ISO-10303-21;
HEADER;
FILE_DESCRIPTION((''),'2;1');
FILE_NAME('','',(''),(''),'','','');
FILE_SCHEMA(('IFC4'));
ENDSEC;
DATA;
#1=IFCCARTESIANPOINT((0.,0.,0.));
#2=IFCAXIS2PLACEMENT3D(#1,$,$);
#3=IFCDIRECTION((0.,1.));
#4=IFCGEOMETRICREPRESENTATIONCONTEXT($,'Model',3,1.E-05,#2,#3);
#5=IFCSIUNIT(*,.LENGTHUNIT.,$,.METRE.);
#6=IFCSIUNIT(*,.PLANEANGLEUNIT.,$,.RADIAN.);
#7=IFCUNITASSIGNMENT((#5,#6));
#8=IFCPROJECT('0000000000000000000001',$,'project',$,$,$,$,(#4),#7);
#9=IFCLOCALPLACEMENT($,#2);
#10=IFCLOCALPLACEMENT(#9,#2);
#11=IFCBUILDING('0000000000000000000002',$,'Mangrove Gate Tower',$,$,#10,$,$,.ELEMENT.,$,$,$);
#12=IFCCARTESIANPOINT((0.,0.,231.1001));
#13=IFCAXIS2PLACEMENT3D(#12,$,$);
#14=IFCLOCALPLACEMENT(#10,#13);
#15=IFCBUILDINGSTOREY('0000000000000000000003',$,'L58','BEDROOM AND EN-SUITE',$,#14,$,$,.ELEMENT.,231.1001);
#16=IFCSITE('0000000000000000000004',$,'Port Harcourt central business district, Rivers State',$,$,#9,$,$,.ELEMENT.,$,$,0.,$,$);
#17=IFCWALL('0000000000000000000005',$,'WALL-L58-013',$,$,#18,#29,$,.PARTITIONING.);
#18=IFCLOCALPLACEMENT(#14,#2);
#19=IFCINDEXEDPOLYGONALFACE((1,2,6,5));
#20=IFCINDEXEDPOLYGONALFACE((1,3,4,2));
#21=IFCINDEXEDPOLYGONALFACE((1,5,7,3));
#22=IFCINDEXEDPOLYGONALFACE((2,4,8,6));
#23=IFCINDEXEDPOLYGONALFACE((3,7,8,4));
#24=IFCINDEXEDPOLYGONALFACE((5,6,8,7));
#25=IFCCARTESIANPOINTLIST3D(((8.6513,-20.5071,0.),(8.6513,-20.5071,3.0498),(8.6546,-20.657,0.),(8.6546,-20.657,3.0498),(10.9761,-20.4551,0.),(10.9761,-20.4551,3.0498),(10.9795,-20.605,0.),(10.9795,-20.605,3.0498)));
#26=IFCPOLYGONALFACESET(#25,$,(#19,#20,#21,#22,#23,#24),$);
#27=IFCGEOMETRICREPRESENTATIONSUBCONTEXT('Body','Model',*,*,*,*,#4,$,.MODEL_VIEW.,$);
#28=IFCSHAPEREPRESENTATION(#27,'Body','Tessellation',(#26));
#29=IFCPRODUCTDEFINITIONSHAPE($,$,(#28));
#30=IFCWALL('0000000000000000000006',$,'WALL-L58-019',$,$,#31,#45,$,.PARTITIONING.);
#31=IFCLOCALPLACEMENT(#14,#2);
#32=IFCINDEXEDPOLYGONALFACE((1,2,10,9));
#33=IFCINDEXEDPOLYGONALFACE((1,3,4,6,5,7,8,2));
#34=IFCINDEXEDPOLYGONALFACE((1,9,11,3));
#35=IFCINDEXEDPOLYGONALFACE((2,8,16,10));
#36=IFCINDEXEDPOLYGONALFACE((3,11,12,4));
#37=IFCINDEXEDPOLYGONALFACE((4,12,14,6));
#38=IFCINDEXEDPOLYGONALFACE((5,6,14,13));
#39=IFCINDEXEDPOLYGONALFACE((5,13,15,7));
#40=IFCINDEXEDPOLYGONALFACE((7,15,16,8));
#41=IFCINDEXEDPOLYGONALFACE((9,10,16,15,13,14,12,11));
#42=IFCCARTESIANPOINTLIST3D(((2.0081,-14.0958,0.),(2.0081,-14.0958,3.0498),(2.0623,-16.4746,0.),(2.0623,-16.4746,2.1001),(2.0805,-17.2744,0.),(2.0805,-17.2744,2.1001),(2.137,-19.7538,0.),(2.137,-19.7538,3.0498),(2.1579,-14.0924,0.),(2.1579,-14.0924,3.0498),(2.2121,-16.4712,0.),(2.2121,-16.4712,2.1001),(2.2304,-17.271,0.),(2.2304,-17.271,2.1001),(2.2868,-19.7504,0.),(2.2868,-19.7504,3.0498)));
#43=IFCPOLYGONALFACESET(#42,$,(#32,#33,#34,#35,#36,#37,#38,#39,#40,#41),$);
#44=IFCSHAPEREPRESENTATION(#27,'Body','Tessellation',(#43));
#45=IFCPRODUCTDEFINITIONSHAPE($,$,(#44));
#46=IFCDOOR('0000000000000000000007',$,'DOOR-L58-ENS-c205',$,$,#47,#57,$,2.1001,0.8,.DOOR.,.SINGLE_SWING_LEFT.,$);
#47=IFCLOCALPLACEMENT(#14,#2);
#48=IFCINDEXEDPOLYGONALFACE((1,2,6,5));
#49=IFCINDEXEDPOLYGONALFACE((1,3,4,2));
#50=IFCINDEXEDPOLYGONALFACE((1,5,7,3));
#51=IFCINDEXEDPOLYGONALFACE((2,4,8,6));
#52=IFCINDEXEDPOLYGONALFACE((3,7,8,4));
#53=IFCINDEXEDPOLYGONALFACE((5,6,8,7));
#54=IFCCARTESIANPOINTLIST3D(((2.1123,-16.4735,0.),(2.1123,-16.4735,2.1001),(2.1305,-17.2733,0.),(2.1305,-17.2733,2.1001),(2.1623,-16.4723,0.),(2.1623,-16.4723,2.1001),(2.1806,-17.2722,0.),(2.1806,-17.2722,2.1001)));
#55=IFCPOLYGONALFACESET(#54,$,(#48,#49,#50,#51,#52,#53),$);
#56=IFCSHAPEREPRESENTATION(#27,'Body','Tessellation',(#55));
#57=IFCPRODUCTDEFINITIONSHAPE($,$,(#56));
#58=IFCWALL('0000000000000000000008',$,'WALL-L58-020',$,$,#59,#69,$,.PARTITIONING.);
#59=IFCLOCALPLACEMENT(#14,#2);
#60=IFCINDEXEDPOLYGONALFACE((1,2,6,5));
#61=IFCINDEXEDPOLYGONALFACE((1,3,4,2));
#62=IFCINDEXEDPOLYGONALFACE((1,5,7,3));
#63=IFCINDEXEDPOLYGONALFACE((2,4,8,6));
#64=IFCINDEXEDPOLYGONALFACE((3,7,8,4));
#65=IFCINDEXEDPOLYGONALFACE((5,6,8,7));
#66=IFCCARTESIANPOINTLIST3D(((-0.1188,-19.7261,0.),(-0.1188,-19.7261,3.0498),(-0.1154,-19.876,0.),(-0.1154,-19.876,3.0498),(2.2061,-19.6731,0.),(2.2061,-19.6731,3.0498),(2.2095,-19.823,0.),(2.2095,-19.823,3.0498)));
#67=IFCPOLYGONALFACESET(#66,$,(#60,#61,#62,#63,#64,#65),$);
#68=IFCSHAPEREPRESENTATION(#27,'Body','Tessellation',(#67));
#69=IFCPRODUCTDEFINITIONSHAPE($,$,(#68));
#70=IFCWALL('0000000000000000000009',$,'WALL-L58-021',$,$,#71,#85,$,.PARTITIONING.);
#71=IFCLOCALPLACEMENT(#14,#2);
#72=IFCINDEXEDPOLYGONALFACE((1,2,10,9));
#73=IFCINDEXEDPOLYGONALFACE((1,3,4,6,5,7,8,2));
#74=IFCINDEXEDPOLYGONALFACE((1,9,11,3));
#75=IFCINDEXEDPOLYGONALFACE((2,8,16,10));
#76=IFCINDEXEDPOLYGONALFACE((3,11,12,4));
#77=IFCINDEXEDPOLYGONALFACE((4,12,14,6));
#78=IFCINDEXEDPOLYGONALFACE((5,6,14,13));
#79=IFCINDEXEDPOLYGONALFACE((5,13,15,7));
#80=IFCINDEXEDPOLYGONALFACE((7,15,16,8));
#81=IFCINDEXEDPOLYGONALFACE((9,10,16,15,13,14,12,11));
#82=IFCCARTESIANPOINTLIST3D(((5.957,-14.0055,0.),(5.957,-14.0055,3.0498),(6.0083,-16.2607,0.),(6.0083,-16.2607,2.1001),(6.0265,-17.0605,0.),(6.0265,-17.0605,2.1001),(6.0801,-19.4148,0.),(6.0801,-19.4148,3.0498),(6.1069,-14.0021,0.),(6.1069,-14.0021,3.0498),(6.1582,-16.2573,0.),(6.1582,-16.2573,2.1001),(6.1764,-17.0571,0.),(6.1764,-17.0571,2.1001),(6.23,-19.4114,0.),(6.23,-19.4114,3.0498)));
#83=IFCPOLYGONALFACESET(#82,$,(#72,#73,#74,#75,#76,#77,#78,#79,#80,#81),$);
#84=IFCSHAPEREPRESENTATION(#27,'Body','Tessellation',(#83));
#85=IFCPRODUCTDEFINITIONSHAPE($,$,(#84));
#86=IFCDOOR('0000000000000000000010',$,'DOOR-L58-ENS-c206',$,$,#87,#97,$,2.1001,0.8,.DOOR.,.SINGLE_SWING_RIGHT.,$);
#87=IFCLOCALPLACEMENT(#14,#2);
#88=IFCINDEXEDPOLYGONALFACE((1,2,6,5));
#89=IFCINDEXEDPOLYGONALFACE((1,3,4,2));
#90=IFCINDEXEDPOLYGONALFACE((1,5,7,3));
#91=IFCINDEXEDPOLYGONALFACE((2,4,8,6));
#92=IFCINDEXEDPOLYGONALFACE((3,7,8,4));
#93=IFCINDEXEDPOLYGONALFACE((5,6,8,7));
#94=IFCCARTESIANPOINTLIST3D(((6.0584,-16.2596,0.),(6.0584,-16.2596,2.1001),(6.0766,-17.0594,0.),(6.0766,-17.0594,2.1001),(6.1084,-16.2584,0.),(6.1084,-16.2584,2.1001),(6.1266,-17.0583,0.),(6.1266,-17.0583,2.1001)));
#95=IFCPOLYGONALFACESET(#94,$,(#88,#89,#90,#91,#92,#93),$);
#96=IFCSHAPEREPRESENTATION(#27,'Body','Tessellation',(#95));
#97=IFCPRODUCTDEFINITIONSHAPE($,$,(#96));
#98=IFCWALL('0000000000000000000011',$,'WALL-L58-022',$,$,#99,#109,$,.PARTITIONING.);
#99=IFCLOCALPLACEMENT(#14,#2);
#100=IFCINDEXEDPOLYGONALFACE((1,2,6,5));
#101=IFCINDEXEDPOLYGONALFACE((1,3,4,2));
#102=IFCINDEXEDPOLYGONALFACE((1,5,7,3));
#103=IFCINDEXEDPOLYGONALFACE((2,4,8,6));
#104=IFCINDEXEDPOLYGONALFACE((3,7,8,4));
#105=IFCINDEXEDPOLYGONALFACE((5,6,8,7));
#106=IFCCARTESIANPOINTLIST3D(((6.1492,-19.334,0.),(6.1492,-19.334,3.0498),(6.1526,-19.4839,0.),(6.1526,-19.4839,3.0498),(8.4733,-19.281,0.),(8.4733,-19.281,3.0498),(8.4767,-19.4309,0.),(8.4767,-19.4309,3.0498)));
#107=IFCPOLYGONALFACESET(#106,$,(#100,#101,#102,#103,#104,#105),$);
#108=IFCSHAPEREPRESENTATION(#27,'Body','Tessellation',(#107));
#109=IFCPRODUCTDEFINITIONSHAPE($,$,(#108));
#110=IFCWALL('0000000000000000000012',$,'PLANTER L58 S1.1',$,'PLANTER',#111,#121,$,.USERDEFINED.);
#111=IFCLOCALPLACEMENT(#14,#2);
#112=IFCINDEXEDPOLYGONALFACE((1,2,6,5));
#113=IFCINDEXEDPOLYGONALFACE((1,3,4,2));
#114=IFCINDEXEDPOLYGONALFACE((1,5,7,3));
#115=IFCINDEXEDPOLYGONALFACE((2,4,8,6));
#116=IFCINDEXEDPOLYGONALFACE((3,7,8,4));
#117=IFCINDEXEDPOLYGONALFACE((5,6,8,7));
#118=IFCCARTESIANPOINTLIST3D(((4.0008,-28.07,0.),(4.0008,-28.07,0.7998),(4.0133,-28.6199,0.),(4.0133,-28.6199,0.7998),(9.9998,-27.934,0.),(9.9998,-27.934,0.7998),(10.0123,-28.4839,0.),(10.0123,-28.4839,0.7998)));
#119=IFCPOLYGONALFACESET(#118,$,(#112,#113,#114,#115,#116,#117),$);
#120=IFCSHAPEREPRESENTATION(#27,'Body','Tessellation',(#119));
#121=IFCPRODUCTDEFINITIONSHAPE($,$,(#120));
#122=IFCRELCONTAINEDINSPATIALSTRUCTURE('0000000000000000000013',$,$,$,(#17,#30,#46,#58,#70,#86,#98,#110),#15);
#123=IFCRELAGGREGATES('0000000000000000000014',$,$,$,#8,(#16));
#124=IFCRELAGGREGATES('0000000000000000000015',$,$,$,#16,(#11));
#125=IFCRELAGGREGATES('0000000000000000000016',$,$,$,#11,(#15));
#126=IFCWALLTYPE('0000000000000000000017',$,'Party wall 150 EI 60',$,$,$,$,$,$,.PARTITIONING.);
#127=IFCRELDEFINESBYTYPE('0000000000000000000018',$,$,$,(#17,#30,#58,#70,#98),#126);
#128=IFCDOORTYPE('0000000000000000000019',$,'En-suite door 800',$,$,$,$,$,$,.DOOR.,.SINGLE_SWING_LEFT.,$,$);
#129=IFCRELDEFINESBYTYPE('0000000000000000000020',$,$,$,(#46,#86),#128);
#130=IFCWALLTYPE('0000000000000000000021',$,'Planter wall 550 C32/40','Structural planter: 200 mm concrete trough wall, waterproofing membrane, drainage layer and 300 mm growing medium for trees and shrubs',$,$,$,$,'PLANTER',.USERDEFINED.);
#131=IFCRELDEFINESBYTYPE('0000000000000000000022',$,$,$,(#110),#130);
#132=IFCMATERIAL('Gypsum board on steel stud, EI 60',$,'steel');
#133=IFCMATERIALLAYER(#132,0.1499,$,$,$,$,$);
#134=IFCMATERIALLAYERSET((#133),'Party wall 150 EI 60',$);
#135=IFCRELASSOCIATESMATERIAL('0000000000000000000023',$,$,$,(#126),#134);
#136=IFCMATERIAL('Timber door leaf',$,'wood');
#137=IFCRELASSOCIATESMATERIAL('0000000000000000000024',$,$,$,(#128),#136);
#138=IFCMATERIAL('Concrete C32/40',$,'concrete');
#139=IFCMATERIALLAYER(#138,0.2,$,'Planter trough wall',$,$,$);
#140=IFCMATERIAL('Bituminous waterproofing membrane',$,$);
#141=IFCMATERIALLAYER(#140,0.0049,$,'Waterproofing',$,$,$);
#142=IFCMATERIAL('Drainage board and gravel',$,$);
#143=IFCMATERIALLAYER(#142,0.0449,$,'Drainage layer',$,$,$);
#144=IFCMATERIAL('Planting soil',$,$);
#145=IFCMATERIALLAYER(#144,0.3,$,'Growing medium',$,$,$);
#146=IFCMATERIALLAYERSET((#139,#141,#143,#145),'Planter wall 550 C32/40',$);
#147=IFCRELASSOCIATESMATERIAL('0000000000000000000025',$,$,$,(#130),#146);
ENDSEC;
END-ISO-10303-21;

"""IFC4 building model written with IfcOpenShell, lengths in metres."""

from ifc_helpers import new_model, si_unit, direction, frame, frame_2d, origin, place, context, subcontext, project, spatial, rectangle, extrude, material, layer, layer_set, type_object, element, fill, save


model = new_model("IFC4")

# Units and contexts
model_context = context("Model", 3, precision=1e-05, world=origin(), true_north=direction((0.0, 1.0)))
body_context = subcontext(model_context, "Body", "Model", "MODEL_VIEW")
ifc_project = project(units=[si_unit("LENGTHUNIT", "METRE"), si_unit("PLANEANGLEUNIT", "RADIAN")], contexts=[model_context])

# Site, building, storey
site_placement = place(None, origin())
site = spatial("IfcSite", under=ifc_project, at=site_placement, Name="Port Harcourt central business district, Rivers State", CompositionType="ELEMENT", RefElevation=0.0)
building_placement = place(site_placement, origin())
building = spatial("IfcBuilding", under=site, at=building_placement, Name="Mangrove Gate Tower", CompositionType="ELEMENT")
storey_placement = place(building_placement, frame((0.0, 0.0, 231.1001)))
storey = spatial("IfcBuildingStorey", under=building, at=storey_placement, Name="L58", Description="BEDROOM AND EN-SUITE", CompositionType="ELEMENT", Elevation=231.1001)

# Shared definitions
ifc_material_1 = material(Name="Gypsum board on steel stud, EI 60", Category="steel")
ifc_layer_1 = layer(ifc_material_1, 0.1499)
ifc_layer_set_1 = layer_set([ifc_layer_1], Name="Party wall 150 EI 60")
wall_type_1 = type_object("IfcWallType", Name="Party wall 150 EI 60", PredefinedType="PARTITIONING", material=ifc_layer_set_1)

# Shared definitions
ifc_material_2 = material(Name="Timber door leaf", Category="wood")
door_type_1 = type_object("IfcDoorType", Name="En-suite door 800", OperationType="SINGLE_SWING_LEFT", PredefinedType="DOOR", material=ifc_material_2)

# Wall
wall_1_placement = place(storey_placement, frame((8.6531, -20.582, 0.0), z_axis=(0.0, 0.0, 1.0), x_axis=(0.99975, 0.022361, 0.0)))
element("IfcWall", 1, at=wall_1_placement, inside=storey, type_object=wall_type_1, Name="WALL-L58-013", PredefinedType="PARTITIONING", context=body_context, shape_type="SweptSolid", body=[
    extrude(rectangle(XDim=2.3254, YDim=0.1499, at=frame_2d((1.1626, 0.0))), origin(), (0.0, 0.0, 1.0), 3.0498),
])

# Wall, opening, door
wall_2_placement = place(storey_placement, frame((2.2119, -19.752, 0.0), z_axis=(0.0, 0.0, 1.0), x_axis=(-0.022777, 0.999741, 0.0)))
wall_2 = element("IfcWall", 2, at=wall_2_placement, inside=storey, type_object=wall_type_1, Name="WALL-L58-019", PredefinedType="PARTITIONING", context=body_context, shape_type="SweptSolid", body=[
    extrude(rectangle(XDim=5.6594, YDim=0.1499, at=frame_2d((2.8296, 0.0))), origin(), (0.0, 0.0, 1.0), 3.0498),
])
opening_1_placement = place(wall_2_placement, frame((2.48, 0.0, 0.0)))
opening_1 = element("IfcOpeningElement", 3, at=opening_1_placement, cuts=wall_2, PredefinedType="OPENING", context=body_context, shape_type="SweptSolid", body=[
    extrude(rectangle(XDim=0.8, YDim=2.1001, at=frame_2d((0.3999, 1.05))), frame((0.0, 0.085, 0.0), z_axis=(0.0, -1.0, 0.0), x_axis=(1.0, 0.0, 0.0)), (0.0, 0.0, 1.0), 0.1699),
])
door_1_placement = place(opening_1_placement, origin())
door_1 = element("IfcDoor", 4, at=door_1_placement, inside=storey, type_object=door_type_1, Name="DOOR-L58-ENS-c205", OperationType="SINGLE_SWING_LEFT", OverallHeight=2.1001, OverallWidth=0.8, PredefinedType="DOOR", context=body_context, shape_type="SweptSolid", body=[
    extrude(rectangle(XDim=0.8, YDim=2.1001, at=frame_2d((0.3999, 1.05))), frame((0.0, 0.0249, 0.0), z_axis=(0.0, -1.0, 0.0), x_axis=(1.0, 0.0, 0.0)), (0.0, 0.0, 1.0), 0.05),
])
fill(opening_1, door_1)

# Wall
wall_3_placement = place(storey_placement, frame((-0.1169, -19.801, 0.0), z_axis=(0.0, 0.0, 1.0), x_axis=(0.99974, 0.022781, 0.0)))
element("IfcWall", 5, at=wall_3_placement, inside=storey, type_object=wall_type_1, Name="WALL-L58-020", PredefinedType="PARTITIONING", context=body_context, shape_type="SweptSolid", body=[
    extrude(rectangle(XDim=2.3254, YDim=0.1499, at=frame_2d((1.1626, 0.0))), origin(), (0.0, 0.0, 1.0), 3.0498),
])

# Wall, opening, door
wall_4_placement = place(storey_placement, frame((6.155, -19.4131, 0.0), z_axis=(0.0, 0.0, 1.0), x_axis=(-0.022742, 0.999741, 0.0)))
wall_4 = element("IfcWall", 6, at=wall_4_placement, inside=storey, type_object=wall_type_1, Name="WALL-L58-021", PredefinedType="PARTITIONING", context=body_context, shape_type="SweptSolid", body=[
    extrude(rectangle(XDim=5.4106, YDim=0.1499, at=frame_2d((2.7053, 0.0))), origin(), (0.0, 0.0, 1.0), 3.0498),
])
opening_2_placement = place(wall_4_placement, frame((2.355, 0.0, 0.0)))
opening_2 = element("IfcOpeningElement", 7, at=opening_2_placement, cuts=wall_4, PredefinedType="OPENING", context=body_context, shape_type="SweptSolid", body=[
    extrude(rectangle(XDim=0.8, YDim=2.1001, at=frame_2d((0.3999, 1.05))), frame((0.0, 0.085, 0.0), z_axis=(0.0, -1.0, 0.0), x_axis=(1.0, 0.0, 0.0)), (0.0, 0.0, 1.0), 0.1699),
])
door_2_placement = place(opening_2_placement, origin())
door_2 = element("IfcDoor", 8, at=door_2_placement, inside=storey, type_object=door_type_1, Name="DOOR-L58-ENS-c206", OperationType="SINGLE_SWING_RIGHT", OverallHeight=2.1001, OverallWidth=0.8, PredefinedType="DOOR", context=body_context, shape_type="SweptSolid", body=[
    extrude(rectangle(XDim=0.8, YDim=2.1001, at=frame_2d((0.3999, 1.05))), frame((0.0, 0.0249, 0.0), z_axis=(0.0, -1.0, 0.0), x_axis=(1.0, 0.0, 0.0)), (0.0, 0.0, 1.0), 0.05),
])
fill(opening_2, door_2)

# Walls
wall_5_placement = place(storey_placement, frame((6.1509, -19.4089, 0.0), z_axis=(0.0, 0.0, 1.0), x_axis=(0.99974, 0.022788, 0.0)))
element("IfcWall", 9, at=wall_5_placement, inside=storey, type_object=wall_type_1, Name="WALL-L58-022", PredefinedType="PARTITIONING", context=body_context, shape_type="SweptSolid", body=[
    extrude(rectangle(XDim=2.3247, YDim=0.1499, at=frame_2d((1.1624, 0.0))), origin(), (0.0, 0.0, 1.0), 3.0498),
])
ifc_material_3 = material(Name="Concrete C32/40", Category="concrete")
ifc_layer_2 = layer(ifc_material_3, 0.2, Name="Planter trough wall")
ifc_material_4 = material(Name="Bituminous waterproofing membrane")
ifc_layer_3 = layer(ifc_material_4, 0.0049, Name="Waterproofing")
ifc_material_5 = material(Name="Drainage board and gravel")
ifc_layer_4 = layer(ifc_material_5, 0.0449, Name="Drainage layer")
ifc_material_6 = material(Name="Planting soil")
ifc_layer_5 = layer(ifc_material_6, 0.3, Name="Growing medium")
ifc_layer_set_2 = layer_set([ifc_layer_2, ifc_layer_3, ifc_layer_4, ifc_layer_5], Name="Planter wall 550 C32/40")
wall_type_2 = type_object("IfcWallType", Name="Planter wall 550 C32/40", Description="Structural planter: 200 mm concrete trough wall, waterproofing membrane, drainage layer and 300 mm growing medium for trees and shrubs", ElementType="PLANTER", PredefinedType="USERDEFINED", material=ifc_layer_set_2)
wall_6_placement = place(storey_placement, frame((4.0071, -28.345, 0.0), z_axis=(0.0, 0.0, 1.0), x_axis=(0.999743, 0.022662, 0.0)))
element("IfcWall", 10, at=wall_6_placement, inside=storey, type_object=wall_type_2, Name="PLANTER L58 S1.1", ObjectType="PLANTER", PredefinedType="USERDEFINED", context=body_context, shape_type="SweptSolid", body=[
    extrude(rectangle(XDim=6.0005, YDim=0.55, at=frame_2d((3.0002, 0.0))), origin(), (0.0, 0.0, 1.0), 0.7998),
])

save(model, "model.ifc")
